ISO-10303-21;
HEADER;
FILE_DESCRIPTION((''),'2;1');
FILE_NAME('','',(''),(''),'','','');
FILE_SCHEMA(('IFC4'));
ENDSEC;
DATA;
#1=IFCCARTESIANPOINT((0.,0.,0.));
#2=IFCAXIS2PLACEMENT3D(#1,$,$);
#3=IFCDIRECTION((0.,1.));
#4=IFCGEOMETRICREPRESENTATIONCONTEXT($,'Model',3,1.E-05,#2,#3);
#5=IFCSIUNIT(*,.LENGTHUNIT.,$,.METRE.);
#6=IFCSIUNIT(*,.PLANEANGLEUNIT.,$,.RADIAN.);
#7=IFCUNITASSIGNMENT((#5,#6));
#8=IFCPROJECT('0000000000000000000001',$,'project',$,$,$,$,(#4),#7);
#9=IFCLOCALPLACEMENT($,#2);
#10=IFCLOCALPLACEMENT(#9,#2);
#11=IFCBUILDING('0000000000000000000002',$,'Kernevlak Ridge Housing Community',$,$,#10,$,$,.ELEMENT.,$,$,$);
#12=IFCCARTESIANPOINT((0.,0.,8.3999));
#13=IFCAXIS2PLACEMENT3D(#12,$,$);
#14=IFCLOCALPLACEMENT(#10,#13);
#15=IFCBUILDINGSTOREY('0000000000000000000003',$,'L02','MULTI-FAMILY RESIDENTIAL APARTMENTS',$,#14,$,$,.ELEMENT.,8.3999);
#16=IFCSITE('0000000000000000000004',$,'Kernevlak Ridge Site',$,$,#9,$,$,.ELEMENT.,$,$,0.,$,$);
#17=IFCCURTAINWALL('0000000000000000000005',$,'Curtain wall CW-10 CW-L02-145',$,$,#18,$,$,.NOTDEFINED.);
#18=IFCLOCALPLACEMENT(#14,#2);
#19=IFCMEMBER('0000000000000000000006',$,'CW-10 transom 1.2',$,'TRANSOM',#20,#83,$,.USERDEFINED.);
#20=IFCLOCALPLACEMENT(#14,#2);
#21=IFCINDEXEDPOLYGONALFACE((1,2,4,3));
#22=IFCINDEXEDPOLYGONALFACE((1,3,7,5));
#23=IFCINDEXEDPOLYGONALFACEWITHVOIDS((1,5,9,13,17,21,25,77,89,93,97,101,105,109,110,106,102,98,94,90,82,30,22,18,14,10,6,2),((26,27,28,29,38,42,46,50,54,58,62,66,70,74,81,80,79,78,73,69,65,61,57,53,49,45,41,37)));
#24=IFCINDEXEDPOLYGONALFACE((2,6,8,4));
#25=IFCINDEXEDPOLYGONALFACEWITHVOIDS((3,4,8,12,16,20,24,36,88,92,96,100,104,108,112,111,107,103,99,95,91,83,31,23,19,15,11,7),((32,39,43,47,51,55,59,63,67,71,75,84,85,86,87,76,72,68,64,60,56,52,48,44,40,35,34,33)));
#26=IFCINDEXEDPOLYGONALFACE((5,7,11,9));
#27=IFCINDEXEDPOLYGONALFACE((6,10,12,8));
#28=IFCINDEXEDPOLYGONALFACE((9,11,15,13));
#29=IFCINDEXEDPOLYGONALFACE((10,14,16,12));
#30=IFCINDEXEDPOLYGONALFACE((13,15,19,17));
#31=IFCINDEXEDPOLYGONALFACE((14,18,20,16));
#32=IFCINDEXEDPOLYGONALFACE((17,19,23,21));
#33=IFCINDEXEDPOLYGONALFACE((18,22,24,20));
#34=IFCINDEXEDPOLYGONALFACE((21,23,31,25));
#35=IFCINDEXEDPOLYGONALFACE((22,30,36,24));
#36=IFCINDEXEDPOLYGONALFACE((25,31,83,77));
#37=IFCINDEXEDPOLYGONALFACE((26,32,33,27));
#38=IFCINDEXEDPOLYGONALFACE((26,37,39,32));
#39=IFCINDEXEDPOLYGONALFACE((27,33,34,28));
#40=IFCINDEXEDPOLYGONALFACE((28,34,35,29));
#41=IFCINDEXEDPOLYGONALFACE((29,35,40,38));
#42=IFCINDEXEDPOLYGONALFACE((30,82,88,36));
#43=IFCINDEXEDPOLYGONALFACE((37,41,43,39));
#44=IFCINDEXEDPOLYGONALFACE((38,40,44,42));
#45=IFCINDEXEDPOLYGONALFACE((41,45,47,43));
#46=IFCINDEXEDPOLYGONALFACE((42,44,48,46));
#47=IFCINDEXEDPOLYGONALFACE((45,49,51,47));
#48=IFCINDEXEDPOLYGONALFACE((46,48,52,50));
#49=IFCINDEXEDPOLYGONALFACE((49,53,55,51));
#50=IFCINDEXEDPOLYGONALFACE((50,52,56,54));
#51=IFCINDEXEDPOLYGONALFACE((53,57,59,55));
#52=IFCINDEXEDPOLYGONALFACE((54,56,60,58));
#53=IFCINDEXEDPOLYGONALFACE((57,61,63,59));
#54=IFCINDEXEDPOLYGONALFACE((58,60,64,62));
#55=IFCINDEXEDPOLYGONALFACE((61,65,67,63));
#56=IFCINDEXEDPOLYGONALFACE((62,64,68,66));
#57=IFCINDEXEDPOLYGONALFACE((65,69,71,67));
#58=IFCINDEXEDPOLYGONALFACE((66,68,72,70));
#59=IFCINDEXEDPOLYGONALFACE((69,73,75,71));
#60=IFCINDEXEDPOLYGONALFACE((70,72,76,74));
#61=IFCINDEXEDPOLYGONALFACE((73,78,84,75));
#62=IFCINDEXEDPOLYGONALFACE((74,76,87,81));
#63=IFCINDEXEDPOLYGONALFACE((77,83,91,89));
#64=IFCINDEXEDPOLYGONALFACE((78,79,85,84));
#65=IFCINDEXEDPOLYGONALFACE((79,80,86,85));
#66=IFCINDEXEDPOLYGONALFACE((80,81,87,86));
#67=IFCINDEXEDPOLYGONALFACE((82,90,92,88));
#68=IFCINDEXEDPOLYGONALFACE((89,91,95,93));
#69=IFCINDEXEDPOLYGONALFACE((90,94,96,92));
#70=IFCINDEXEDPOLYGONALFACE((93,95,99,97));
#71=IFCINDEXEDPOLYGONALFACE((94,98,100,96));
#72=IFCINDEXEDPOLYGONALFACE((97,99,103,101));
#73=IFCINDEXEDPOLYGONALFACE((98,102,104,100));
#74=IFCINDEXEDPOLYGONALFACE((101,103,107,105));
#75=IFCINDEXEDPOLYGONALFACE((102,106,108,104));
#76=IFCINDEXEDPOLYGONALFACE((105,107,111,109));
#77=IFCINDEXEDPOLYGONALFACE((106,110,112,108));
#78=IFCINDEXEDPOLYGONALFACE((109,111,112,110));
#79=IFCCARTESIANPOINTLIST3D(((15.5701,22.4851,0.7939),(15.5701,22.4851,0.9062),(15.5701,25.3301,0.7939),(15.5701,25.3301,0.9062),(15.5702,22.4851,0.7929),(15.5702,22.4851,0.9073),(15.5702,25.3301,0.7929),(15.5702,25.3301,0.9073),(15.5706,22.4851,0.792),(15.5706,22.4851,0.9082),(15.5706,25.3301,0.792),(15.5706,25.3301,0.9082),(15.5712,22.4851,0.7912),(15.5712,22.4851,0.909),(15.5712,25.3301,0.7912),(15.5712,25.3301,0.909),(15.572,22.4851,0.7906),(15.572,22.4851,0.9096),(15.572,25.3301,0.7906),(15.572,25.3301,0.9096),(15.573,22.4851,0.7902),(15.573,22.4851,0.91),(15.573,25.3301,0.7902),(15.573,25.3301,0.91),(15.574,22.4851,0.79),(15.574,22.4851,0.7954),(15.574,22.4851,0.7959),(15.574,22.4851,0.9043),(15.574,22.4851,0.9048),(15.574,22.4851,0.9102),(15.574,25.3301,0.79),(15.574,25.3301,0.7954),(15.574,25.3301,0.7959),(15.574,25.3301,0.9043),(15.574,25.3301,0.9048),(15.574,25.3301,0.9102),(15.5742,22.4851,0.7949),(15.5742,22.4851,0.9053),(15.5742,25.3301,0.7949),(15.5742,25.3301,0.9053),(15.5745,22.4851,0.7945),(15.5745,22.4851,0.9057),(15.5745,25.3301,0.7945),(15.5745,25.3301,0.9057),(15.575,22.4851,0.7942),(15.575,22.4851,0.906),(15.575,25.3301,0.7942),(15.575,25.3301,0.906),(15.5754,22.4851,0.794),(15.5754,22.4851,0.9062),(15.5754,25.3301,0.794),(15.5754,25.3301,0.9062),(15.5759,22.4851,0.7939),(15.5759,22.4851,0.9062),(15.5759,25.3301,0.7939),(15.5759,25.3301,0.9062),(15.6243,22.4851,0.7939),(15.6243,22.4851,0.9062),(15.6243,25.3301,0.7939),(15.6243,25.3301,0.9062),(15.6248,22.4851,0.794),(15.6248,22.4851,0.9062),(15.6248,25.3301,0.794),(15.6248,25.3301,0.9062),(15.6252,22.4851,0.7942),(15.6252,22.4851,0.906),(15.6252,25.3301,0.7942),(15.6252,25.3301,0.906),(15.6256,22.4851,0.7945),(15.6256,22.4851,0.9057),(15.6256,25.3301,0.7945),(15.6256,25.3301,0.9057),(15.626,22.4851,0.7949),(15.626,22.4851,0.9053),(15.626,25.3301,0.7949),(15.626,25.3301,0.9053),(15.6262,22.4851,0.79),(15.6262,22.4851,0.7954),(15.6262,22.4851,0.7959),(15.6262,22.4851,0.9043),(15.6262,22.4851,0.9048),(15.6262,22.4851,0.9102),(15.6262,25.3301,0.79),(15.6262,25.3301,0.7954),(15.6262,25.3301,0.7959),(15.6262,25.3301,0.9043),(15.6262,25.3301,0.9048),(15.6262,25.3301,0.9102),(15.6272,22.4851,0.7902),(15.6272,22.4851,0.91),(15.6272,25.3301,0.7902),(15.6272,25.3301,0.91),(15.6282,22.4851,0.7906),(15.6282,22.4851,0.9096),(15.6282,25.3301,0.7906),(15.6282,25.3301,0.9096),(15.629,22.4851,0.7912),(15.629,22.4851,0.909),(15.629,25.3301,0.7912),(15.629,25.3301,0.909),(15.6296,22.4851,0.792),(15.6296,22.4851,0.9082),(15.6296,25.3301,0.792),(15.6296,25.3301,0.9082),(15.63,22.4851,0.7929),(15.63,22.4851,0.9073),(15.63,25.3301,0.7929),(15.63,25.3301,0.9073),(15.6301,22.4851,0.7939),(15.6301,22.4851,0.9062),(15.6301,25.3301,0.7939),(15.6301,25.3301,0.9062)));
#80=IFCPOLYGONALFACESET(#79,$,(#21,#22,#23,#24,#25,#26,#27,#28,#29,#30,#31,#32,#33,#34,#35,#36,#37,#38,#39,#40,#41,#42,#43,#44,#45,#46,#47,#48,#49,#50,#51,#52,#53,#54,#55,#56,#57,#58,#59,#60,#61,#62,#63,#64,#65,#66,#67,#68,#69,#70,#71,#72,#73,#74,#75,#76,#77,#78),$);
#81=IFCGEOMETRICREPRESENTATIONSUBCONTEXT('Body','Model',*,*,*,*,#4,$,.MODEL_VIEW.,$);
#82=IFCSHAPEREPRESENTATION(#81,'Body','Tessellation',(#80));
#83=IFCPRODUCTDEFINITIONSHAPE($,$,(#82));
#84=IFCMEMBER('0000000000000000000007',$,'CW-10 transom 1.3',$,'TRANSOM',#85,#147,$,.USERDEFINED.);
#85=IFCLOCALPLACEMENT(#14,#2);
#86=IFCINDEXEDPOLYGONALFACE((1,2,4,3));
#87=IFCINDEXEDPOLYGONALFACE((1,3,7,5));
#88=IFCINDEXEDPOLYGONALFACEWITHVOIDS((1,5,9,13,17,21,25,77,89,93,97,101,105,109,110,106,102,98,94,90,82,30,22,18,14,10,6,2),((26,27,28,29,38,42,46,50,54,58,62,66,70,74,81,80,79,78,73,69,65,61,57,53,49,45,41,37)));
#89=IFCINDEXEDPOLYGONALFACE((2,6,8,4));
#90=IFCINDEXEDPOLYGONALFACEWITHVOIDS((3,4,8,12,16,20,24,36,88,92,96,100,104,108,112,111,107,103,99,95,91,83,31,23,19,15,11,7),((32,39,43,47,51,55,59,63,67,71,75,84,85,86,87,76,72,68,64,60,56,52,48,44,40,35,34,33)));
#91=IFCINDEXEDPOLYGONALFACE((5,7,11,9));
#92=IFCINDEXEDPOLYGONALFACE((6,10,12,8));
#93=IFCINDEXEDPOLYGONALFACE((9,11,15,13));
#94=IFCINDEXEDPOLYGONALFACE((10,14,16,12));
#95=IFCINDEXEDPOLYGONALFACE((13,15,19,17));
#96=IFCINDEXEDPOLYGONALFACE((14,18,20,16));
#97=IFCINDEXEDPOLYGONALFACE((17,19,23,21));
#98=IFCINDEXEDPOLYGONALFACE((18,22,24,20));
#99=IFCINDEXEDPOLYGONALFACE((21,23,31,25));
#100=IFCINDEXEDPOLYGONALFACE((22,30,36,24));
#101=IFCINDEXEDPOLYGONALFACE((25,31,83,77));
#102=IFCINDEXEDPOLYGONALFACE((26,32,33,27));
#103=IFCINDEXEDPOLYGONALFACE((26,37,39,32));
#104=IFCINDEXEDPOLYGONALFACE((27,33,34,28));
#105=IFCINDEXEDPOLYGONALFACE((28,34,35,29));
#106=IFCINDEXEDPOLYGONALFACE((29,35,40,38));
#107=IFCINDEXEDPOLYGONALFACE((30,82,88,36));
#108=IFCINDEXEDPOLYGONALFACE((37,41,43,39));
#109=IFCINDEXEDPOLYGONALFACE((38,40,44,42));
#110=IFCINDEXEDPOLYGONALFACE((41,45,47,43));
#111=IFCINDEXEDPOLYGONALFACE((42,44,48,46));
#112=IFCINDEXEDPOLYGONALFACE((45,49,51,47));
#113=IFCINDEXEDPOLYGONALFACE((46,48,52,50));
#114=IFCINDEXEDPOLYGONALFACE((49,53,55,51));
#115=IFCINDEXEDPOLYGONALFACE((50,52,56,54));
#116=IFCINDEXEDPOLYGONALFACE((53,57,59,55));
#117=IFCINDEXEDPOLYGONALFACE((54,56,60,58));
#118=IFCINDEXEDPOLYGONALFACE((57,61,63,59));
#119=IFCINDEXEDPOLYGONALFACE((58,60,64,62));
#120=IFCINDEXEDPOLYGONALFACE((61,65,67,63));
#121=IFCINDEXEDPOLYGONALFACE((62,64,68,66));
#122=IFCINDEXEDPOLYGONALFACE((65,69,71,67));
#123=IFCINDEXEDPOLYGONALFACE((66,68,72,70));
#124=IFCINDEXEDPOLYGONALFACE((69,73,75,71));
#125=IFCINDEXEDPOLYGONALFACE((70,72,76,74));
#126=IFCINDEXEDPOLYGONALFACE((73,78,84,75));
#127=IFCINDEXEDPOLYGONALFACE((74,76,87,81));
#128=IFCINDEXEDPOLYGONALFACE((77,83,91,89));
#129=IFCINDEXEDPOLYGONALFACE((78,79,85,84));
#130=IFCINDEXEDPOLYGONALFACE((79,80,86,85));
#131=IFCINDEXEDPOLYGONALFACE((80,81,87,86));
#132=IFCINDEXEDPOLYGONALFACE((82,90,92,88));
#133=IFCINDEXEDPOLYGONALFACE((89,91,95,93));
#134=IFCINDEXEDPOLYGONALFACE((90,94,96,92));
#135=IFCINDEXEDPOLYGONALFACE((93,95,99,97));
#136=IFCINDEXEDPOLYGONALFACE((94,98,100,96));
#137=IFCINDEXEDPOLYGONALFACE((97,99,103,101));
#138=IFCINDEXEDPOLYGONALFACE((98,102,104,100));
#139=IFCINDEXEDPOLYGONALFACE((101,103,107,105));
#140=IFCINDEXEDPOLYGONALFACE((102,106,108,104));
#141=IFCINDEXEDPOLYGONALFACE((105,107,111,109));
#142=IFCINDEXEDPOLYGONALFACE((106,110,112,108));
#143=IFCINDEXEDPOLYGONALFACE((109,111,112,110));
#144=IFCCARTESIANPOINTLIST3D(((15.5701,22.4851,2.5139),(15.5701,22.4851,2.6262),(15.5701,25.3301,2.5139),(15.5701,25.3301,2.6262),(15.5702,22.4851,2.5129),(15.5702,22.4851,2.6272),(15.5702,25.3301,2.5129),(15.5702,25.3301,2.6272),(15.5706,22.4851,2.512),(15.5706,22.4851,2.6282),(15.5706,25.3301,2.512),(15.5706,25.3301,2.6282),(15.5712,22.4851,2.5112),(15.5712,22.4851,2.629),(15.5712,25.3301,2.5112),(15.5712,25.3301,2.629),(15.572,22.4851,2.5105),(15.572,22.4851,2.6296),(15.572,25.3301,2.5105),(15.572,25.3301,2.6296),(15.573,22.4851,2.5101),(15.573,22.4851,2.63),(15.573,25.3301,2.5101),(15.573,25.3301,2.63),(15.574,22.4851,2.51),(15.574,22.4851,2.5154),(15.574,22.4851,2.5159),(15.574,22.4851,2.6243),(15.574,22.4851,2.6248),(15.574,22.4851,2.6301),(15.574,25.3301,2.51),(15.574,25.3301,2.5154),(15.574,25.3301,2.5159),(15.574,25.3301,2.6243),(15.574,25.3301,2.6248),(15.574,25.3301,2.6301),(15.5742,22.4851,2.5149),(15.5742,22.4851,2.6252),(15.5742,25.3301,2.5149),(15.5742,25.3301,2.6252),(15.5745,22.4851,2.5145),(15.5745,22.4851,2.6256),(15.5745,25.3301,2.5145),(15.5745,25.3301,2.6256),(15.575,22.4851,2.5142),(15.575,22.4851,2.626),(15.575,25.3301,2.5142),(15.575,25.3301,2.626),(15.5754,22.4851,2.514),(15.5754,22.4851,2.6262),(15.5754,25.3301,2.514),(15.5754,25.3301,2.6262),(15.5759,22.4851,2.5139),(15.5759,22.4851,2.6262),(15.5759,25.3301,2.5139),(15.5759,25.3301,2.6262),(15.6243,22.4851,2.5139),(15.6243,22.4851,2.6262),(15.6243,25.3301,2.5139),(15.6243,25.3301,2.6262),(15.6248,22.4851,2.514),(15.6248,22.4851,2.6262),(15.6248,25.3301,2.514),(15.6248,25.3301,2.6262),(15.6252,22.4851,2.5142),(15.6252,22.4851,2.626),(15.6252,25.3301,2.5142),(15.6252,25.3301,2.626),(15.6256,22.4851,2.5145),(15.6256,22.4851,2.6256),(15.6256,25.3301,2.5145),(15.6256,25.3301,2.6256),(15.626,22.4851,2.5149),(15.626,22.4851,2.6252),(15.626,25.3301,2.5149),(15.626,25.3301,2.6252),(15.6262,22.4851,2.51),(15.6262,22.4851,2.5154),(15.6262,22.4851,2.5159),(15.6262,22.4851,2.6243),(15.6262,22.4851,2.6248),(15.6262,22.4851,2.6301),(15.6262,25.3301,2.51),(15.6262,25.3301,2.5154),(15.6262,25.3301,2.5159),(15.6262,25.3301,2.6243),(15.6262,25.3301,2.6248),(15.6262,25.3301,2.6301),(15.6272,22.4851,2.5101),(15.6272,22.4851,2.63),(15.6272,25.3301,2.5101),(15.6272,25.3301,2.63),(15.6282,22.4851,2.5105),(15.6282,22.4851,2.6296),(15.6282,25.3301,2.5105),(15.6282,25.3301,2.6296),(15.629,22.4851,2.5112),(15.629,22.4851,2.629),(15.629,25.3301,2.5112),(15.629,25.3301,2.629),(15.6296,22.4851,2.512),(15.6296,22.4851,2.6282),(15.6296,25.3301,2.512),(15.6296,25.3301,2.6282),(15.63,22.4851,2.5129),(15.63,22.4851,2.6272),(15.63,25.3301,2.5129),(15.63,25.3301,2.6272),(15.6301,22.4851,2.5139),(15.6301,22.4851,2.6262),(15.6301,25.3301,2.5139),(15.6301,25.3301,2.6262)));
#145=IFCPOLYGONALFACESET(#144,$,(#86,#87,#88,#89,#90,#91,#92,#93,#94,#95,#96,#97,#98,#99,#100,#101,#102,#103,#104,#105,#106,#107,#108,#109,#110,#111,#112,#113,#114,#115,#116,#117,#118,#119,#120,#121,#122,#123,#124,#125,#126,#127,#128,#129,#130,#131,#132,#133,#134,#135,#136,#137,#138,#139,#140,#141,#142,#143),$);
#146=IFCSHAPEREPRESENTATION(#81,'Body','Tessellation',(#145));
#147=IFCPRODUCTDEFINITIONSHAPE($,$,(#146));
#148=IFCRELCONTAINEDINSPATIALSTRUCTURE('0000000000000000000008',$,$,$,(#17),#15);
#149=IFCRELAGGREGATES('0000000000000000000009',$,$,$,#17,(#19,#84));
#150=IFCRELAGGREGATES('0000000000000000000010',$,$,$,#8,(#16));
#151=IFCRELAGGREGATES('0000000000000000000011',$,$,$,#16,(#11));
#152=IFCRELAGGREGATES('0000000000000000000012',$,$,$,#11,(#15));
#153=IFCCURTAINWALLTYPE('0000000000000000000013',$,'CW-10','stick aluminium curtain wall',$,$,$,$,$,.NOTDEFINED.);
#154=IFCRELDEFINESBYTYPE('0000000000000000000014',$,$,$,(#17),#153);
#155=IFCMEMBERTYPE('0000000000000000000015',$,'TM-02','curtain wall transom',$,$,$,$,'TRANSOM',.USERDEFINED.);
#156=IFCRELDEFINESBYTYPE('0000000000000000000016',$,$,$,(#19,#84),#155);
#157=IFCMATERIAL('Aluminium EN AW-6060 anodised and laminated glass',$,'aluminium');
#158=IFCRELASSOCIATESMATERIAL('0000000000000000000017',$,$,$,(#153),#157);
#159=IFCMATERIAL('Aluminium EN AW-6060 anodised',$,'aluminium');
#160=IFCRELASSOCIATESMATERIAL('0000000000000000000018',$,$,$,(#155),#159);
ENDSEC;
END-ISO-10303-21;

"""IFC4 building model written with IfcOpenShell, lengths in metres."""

from ifc_helpers import new_model, si_unit, direction, frame, origin, origin_2d, place, context, subcontext, project, spatial, hollow_rectangle, extrude, material, material_profile, profile_set, type_object, element, aggregate, save


model = new_model("IFC4")

# Units and contexts
model_context = context("Model", 3, precision=1e-05, world=origin(), true_north=direction((0.0, 1.0)))
body_context = subcontext(model_context, "Body", "Model", "MODEL_VIEW")
ifc_project = project(units=[si_unit("LENGTHUNIT", "METRE"), si_unit("PLANEANGLEUNIT", "RADIAN")], contexts=[model_context])

# Site, building, storey
site_placement = place(None, origin())
site = spatial("IfcSite", under=ifc_project, at=site_placement, Name="Kernevlak Ridge Site", CompositionType="ELEMENT", RefElevation=0.0)
building_placement = place(site_placement, origin())
building = spatial("IfcBuilding", under=site, at=building_placement, Name="Kernevlak Ridge Housing Community", CompositionType="ELEMENT")
storey_placement = place(building_placement, frame((0.0, 0.0, 8.3999)))
storey = spatial("IfcBuildingStorey", under=building, at=storey_placement, Name="L02", Description="MULTI-FAMILY RESIDENTIAL APARTMENTS", CompositionType="ELEMENT", Elevation=8.3999)

# Curtain wall
ifc_material_1 = material(Name="Aluminium EN AW-6060 anodised and laminated glass", Category="aluminium")
curtain_wall_type_1 = type_object("IfcCurtainWallType", Name="CW-10", Description="stick aluminium curtain wall", PredefinedType="NOTDEFINED", material=ifc_material_1)
curtain_wall_1_placement = place(storey_placement, origin())
curtain_wall_1 = element("IfcCurtainWall", 1, at=curtain_wall_1_placement, inside=storey, type_object=curtain_wall_type_1, Name="Curtain wall CW-10 CW-L02-145", PredefinedType="NOTDEFINED")
ifc_material_2 = material(Name="Aluminium EN AW-6060 anodised", Category="aluminium")

# Members
ifc_material_profile_1 = material_profile(ifc_material_2, hollow_rectangle(XDim=0.0601, YDim=0.1201, WallThickness=0.0039, InnerFilletRadius=0.002, OuterFilletRadius=0.0039, at=origin_2d()), Name="ALU 60x120x4")
ifc_profile_set_1 = profile_set([ifc_material_profile_1], Name="Aluminium EN AW-6060 anodised")
member_type_1 = type_object("IfcMemberType", Name="TM-02", Description="curtain wall transom", ElementType="TRANSOM", PredefinedType="USERDEFINED", material=ifc_profile_set_1)
member_1_placement = place(storey_placement, frame((15.6001, 22.4851, 0.8501), z_axis=(0.0, 1.0, 0.0), x_axis=(-1.0, 0.0, 0.0)))
member_1 = element("IfcMember", 2, at=member_1_placement, type_object=member_type_1, Name="CW-10 transom 1.2", ObjectType="TRANSOM", PredefinedType="USERDEFINED", context=body_context, shape_type="SweptSolid", body=[
    extrude(hollow_rectangle(XDim=0.0601, YDim=0.1201, WallThickness=0.0039, InnerFilletRadius=0.002, OuterFilletRadius=0.0039, at=origin_2d()), origin(), (0.0, 0.0, 1.0), 2.845),
])
member_2_placement = place(storey_placement, frame((15.6001, 22.4851, 2.5701), z_axis=(0.0, 1.0, 0.0), x_axis=(-1.0, 0.0, 0.0)))
member_2 = element("IfcMember", 3, at=member_2_placement, type_object=member_type_1, Name="CW-10 transom 1.3", ObjectType="TRANSOM", PredefinedType="USERDEFINED", context=body_context, shape_type="SweptSolid", body=[
    extrude(hollow_rectangle(XDim=0.0601, YDim=0.1201, WallThickness=0.0039, InnerFilletRadius=0.002, OuterFilletRadius=0.0039, at=origin_2d()), origin(), (0.0, 0.0, 1.0), 2.845),
])

aggregate(curtain_wall_1, [member_1, member_2])

save(model, "model.ifc")
